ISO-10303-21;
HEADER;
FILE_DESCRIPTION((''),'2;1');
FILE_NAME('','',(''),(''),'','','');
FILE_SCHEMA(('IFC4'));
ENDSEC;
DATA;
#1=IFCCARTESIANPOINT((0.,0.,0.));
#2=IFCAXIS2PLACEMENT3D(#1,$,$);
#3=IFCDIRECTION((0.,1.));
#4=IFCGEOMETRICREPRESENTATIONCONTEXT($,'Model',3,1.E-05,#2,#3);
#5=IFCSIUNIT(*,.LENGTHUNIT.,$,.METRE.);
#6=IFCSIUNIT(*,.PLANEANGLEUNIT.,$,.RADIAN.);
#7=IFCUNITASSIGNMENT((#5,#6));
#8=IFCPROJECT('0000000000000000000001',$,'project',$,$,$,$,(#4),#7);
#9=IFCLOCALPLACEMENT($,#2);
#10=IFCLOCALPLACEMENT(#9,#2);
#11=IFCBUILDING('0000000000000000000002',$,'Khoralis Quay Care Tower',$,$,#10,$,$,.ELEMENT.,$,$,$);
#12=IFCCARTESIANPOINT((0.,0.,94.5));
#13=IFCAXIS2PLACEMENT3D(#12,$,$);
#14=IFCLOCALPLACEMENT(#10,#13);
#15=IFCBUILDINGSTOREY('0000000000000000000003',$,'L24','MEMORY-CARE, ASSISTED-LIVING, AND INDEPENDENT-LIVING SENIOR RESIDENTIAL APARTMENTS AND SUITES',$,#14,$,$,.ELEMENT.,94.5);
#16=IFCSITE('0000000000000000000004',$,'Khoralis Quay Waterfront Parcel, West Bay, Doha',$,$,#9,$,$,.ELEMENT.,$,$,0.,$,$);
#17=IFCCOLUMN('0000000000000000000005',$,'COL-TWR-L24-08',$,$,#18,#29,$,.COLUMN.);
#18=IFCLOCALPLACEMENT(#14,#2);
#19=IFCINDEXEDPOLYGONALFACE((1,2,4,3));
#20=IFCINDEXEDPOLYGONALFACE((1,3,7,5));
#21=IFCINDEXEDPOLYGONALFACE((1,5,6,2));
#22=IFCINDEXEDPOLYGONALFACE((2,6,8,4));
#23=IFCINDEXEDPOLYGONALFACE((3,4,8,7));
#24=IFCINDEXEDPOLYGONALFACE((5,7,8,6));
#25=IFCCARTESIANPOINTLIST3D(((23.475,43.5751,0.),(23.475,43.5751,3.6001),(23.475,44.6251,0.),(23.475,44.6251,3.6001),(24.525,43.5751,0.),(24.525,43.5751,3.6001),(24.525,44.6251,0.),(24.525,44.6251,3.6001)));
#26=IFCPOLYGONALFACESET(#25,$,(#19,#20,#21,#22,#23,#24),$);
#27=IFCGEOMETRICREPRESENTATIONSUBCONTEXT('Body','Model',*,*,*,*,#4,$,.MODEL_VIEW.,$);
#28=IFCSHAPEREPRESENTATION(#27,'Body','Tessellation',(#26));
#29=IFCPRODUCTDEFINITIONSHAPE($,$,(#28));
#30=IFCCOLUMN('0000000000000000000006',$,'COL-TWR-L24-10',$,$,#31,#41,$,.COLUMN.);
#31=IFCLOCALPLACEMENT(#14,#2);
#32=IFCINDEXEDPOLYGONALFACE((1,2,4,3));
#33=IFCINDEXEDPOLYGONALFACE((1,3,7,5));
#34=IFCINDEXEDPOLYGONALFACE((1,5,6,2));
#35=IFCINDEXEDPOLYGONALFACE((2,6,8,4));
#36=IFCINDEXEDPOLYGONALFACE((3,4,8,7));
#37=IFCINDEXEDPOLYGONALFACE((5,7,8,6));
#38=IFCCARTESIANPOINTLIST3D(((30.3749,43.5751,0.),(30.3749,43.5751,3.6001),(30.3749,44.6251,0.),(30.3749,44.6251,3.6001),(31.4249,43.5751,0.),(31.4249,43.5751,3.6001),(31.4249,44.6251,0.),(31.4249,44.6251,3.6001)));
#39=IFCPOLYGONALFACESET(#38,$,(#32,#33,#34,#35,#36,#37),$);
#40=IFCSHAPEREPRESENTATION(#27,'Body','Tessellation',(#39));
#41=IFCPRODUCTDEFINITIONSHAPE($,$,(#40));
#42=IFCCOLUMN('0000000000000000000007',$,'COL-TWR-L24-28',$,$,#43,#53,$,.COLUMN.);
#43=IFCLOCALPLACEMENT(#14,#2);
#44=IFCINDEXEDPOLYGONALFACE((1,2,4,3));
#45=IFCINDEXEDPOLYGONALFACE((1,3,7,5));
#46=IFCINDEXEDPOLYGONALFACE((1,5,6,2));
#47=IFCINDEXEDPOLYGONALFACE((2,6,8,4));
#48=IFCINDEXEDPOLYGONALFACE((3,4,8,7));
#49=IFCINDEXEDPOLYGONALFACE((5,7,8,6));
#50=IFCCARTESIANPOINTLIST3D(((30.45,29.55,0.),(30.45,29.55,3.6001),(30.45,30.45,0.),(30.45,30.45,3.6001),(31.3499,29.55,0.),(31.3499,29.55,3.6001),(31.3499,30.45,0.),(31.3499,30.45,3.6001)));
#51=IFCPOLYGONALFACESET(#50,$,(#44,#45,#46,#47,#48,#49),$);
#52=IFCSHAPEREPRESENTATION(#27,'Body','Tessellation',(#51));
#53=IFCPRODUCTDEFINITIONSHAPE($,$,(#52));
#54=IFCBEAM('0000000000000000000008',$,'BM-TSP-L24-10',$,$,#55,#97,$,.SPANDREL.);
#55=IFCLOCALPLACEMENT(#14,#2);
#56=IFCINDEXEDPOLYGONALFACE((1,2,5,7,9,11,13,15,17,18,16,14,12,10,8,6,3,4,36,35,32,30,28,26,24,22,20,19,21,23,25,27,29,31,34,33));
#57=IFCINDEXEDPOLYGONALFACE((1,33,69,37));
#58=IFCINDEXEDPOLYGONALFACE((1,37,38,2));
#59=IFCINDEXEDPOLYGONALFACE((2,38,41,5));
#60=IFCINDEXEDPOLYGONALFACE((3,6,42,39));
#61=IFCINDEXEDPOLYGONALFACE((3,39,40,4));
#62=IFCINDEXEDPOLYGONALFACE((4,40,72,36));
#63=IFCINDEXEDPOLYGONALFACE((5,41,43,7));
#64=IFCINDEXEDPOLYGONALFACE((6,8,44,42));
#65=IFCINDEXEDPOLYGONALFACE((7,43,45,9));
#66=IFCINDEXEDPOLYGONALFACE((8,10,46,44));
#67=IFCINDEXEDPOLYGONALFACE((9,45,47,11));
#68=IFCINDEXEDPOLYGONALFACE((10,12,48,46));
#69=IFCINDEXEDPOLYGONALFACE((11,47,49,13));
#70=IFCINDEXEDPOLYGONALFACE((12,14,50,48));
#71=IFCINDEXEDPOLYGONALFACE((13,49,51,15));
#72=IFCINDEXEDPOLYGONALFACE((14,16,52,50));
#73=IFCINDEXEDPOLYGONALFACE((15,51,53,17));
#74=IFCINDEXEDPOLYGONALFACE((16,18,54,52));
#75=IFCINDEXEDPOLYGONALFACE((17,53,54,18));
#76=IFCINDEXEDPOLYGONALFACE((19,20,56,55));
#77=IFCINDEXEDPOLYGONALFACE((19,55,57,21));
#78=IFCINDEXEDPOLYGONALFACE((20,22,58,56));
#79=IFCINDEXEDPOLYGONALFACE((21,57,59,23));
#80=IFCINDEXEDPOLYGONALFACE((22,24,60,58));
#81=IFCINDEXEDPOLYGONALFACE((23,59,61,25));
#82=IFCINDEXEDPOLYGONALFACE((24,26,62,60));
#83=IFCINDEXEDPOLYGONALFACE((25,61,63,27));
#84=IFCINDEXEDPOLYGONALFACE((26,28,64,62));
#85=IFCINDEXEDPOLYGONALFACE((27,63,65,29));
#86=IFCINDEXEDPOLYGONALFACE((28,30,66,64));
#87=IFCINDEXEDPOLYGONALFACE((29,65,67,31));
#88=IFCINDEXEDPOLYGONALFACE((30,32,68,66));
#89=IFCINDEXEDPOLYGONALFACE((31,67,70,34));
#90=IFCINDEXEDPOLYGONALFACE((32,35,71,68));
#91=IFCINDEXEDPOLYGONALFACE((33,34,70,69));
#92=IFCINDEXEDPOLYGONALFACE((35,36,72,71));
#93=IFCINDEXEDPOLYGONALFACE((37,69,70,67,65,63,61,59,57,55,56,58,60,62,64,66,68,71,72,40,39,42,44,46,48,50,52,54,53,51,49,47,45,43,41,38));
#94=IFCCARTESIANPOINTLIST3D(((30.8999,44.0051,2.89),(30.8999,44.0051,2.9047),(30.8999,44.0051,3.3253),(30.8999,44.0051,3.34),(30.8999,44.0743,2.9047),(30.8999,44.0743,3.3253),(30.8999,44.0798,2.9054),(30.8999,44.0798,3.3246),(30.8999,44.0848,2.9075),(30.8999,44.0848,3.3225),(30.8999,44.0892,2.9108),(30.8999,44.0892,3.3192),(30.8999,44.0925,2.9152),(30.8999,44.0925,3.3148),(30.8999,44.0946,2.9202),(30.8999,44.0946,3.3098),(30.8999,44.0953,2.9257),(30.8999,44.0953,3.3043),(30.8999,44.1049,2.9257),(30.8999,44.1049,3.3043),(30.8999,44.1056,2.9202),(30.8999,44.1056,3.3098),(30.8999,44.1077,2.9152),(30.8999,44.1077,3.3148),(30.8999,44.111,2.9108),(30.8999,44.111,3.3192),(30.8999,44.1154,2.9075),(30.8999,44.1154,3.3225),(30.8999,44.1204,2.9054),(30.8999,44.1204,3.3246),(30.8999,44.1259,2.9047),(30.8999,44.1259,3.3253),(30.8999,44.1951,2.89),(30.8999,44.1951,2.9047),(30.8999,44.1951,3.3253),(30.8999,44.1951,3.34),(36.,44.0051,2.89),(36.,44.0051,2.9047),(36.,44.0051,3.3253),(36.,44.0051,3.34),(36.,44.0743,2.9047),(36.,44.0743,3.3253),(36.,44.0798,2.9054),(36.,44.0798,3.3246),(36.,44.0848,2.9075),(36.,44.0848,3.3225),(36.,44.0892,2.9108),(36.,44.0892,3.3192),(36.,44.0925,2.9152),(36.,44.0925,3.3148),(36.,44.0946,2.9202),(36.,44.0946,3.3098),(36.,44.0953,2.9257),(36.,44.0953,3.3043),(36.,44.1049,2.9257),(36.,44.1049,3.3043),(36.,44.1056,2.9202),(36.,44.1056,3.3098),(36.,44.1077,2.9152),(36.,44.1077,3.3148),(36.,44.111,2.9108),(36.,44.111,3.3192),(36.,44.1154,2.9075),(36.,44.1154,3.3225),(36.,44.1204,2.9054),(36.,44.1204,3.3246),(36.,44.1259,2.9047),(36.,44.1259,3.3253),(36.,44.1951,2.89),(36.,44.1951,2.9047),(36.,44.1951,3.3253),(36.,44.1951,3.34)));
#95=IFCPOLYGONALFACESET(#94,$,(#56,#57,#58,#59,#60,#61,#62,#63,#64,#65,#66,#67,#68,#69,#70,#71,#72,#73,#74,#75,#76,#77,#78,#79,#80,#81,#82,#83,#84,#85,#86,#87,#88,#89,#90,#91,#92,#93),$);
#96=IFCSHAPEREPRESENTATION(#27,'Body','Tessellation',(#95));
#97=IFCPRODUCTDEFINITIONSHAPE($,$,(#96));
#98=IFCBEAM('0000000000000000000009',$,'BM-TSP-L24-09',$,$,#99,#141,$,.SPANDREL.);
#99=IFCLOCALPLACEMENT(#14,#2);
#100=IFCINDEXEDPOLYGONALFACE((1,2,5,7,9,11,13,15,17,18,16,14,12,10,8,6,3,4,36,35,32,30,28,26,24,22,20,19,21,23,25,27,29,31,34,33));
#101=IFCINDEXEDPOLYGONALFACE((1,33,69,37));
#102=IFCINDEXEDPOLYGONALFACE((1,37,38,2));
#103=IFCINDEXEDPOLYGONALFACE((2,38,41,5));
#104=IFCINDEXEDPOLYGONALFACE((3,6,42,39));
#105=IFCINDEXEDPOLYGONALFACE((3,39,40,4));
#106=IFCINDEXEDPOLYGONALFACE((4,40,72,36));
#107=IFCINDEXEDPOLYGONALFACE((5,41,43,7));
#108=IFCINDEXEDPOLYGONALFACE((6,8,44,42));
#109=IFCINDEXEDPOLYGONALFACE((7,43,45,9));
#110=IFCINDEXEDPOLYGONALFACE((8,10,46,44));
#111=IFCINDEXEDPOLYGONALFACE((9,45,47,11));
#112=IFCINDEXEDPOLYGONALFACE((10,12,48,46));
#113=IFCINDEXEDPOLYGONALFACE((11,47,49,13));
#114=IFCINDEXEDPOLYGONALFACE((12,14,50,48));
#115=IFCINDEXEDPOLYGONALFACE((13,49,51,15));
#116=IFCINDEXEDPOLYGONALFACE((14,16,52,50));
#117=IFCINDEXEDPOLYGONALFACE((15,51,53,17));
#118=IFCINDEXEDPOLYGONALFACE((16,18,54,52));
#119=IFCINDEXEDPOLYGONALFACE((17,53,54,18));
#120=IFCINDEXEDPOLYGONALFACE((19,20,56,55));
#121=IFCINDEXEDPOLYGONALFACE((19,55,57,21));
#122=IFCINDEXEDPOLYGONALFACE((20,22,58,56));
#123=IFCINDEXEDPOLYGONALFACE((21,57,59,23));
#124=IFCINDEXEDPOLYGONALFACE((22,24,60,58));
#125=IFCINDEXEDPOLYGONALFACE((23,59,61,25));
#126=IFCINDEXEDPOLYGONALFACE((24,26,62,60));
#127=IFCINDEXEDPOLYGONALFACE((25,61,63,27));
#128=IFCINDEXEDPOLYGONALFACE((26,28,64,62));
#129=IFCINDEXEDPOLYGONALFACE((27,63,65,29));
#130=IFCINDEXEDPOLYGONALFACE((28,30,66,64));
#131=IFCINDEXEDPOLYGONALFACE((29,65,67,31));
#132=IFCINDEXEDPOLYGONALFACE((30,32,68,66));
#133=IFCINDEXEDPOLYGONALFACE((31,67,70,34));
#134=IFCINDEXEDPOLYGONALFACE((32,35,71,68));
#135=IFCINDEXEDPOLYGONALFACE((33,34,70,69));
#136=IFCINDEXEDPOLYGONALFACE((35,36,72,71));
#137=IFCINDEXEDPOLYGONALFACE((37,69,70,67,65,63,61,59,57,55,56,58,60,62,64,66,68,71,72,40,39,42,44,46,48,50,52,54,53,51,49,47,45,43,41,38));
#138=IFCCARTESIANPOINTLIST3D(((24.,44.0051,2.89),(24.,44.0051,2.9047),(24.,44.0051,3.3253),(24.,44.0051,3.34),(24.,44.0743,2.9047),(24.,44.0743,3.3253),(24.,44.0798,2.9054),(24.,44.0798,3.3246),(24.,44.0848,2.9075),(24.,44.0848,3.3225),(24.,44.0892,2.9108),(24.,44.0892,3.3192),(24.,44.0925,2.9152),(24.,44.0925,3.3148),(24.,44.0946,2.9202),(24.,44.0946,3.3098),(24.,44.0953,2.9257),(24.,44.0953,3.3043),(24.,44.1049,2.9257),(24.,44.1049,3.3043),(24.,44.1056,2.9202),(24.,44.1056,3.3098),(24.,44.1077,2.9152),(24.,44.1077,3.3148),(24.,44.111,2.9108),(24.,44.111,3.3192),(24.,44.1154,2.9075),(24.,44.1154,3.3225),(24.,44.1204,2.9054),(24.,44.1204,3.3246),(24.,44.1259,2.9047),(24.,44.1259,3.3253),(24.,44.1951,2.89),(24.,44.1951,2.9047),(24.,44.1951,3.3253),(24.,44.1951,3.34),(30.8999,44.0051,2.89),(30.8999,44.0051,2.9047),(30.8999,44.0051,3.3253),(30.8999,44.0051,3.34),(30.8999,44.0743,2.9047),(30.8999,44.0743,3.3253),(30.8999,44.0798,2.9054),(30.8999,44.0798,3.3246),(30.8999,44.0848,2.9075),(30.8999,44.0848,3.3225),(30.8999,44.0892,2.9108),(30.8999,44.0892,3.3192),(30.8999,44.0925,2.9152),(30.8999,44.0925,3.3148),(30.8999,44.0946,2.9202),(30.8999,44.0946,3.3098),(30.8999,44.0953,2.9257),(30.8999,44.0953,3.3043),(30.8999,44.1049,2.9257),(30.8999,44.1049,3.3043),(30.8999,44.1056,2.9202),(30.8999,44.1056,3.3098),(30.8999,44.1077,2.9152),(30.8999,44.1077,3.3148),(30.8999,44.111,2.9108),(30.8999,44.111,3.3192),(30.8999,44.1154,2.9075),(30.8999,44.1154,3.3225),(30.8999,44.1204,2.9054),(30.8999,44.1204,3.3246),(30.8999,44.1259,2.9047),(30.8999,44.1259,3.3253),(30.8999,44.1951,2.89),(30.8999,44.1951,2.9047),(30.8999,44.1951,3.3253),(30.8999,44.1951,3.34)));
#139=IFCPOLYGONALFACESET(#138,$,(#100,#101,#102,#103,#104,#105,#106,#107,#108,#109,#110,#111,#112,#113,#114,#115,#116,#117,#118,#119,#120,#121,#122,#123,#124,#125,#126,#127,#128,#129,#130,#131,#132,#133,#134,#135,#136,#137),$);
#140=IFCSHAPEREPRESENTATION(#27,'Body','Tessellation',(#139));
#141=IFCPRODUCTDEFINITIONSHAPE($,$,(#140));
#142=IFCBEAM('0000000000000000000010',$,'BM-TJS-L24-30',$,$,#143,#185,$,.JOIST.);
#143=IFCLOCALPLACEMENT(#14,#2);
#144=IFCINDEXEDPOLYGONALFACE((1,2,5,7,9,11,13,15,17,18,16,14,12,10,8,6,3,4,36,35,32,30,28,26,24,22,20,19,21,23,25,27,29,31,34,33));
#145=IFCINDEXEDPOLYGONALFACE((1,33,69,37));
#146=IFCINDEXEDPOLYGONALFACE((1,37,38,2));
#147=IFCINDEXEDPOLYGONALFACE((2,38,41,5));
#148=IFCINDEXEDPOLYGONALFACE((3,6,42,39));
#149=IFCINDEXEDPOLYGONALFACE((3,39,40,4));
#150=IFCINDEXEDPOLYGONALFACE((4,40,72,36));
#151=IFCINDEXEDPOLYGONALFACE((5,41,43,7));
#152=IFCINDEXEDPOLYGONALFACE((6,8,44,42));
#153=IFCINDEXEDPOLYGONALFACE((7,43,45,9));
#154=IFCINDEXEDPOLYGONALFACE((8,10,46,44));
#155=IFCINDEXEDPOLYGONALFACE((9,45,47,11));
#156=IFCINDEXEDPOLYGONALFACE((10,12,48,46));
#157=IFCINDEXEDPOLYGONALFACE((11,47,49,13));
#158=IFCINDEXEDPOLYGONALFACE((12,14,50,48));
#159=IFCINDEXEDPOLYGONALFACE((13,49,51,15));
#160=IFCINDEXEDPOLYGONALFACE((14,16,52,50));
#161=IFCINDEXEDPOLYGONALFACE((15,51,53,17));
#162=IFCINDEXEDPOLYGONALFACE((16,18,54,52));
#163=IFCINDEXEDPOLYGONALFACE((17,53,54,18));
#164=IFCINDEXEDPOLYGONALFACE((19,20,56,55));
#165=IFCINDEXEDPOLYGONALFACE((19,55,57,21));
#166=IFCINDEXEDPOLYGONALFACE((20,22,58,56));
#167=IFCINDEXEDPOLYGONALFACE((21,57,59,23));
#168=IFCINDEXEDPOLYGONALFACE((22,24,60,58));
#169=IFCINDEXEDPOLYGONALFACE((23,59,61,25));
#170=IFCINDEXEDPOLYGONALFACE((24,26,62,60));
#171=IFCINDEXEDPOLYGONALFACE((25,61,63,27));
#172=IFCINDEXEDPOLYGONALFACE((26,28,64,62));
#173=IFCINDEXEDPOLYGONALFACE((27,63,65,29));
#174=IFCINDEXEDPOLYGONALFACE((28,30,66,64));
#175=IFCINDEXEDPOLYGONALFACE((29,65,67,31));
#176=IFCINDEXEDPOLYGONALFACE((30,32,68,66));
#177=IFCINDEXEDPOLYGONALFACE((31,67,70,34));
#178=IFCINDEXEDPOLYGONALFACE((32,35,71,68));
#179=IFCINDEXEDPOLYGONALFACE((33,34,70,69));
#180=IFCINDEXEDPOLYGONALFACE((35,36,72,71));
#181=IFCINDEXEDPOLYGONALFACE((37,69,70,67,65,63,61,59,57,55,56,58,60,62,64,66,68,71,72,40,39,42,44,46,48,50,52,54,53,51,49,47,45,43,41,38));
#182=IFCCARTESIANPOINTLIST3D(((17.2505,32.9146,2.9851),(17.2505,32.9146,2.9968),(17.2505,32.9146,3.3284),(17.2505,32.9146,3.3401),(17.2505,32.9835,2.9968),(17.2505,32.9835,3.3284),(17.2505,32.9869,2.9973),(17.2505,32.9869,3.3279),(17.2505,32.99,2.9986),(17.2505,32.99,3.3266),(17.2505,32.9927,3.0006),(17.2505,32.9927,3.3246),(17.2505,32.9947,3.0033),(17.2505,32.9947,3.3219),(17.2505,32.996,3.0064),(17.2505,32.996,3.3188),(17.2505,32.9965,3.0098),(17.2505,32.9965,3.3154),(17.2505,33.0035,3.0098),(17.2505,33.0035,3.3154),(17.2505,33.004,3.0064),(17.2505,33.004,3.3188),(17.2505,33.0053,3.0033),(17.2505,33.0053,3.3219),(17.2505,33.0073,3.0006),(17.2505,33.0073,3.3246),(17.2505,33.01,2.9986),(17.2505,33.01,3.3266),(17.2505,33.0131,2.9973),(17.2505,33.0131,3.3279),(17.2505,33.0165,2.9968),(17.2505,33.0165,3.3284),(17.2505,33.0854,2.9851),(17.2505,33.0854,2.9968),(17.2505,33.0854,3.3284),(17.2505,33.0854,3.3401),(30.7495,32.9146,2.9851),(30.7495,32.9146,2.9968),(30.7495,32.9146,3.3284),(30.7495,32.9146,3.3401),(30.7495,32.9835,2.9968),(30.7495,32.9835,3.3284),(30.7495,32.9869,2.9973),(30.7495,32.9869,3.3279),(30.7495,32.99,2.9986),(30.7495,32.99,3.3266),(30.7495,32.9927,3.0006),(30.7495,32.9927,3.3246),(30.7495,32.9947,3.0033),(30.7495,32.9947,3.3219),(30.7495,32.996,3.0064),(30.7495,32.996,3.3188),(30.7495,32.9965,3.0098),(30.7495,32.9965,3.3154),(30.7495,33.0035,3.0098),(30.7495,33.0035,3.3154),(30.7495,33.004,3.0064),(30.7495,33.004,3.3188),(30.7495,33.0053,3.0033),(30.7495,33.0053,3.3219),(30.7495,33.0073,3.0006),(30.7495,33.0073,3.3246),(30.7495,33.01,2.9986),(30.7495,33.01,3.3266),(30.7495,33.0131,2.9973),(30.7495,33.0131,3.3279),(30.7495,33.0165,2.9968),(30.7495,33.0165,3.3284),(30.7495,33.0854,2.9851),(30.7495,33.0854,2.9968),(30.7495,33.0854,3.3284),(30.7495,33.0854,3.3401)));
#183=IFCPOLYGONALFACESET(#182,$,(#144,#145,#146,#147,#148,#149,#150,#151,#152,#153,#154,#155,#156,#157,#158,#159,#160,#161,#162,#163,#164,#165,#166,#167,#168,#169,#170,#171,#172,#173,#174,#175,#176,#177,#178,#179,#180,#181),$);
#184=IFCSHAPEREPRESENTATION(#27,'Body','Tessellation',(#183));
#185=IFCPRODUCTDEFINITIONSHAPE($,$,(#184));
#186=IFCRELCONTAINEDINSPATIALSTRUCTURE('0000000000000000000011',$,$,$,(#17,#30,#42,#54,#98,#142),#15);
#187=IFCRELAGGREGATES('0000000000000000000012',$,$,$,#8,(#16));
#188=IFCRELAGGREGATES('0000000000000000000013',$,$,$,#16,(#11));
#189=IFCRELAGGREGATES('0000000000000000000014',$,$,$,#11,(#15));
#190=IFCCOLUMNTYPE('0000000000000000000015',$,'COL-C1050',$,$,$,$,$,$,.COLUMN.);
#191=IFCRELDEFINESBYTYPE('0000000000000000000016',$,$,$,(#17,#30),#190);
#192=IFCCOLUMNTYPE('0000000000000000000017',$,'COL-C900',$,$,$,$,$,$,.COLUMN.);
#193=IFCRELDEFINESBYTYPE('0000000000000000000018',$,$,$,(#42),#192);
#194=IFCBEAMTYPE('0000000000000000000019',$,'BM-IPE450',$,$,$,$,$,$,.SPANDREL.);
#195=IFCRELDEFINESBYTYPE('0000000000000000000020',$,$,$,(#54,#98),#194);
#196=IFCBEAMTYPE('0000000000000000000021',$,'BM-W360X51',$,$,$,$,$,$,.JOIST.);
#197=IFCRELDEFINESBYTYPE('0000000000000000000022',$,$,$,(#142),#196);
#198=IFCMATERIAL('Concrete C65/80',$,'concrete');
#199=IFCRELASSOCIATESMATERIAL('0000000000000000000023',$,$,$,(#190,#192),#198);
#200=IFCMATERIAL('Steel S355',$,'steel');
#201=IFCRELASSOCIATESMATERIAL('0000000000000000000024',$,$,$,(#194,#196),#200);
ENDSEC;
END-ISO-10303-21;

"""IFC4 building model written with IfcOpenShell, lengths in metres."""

from ifc_helpers import new_model, si_unit, direction, frame, origin, origin_2d, place, context, subcontext, project, spatial, rectangle, i_section, extrude, source, transform, mapped, material, material_profile, profile_set, type_object, element, save


model = new_model("IFC4")

# Units and contexts
model_context = context("Model", 3, precision=1e-05, world=origin(), true_north=direction((0.0, 1.0)))
body_context = subcontext(model_context, "Body", "Model", "MODEL_VIEW")
ifc_project = project(units=[si_unit("LENGTHUNIT", "METRE"), si_unit("PLANEANGLEUNIT", "RADIAN")], contexts=[model_context])

# Site, building, storey
site_placement = place(None, origin())
site = spatial("IfcSite", under=ifc_project, at=site_placement, Name="Khoralis Quay Waterfront Parcel, West Bay, Doha", CompositionType="ELEMENT", RefElevation=0.0)
building_placement = place(site_placement, origin())
building = spatial("IfcBuilding", under=site, at=building_placement, Name="Khoralis Quay Care Tower", CompositionType="ELEMENT")
storey_placement = place(building_placement, frame((0.0, 0.0, 94.5)))
storey = spatial("IfcBuildingStorey", under=building, at=storey_placement, Name="L24", Description="MEMORY-CARE, ASSISTED-LIVING, AND INDEPENDENT-LIVING SENIOR RESIDENTIAL APARTMENTS AND SUITES", CompositionType="ELEMENT", Elevation=94.5)

# Columns
ifc_material_1 = material(Name="Concrete C65/80", Category="concrete")
ifc_material_profile_1 = material_profile(ifc_material_1, rectangle(XDim=1.05, YDim=1.05, at=origin_2d()), Name="Concrete C65/80")
ifc_profile_set_1 = profile_set([ifc_material_profile_1], Name="Concrete C65/80")
column_type_1 = type_object("IfcColumnType", Name="COL-C1050", PredefinedType="COLUMN", material=ifc_profile_set_1)
shared_shape_1 = source(origin(), body_context, "Body", "SweptSolid", [
    extrude(rectangle(XDim=1.05, YDim=1.05, at=origin_2d()), origin(), (0.0, 0.0, 1.0), 3.6001),
])
for number, where, z_axis, x_axis, name in (
    (1, (24.0, 44.1001, 0.0), (0.0, 0.0, 1.0), (1.0, 0.0, 0.0), "COL-TWR-L24-08"),
    (2, (30.8999, 44.1001, 0.0), (0.0, 0.0, 1.0), (1.0, 0.0, 0.0), "COL-TWR-L24-10"),
):
    element("IfcColumn", number, at=place(storey_placement, frame(where, z_axis=z_axis, x_axis=x_axis)), inside=storey, type_object=column_type_1, Name=name, PredefinedType="COLUMN", context=body_context, shape_type="MappedRepresentation", body=[
        mapped(shared_shape_1, transform((0.0, 0.0, 0.0), scale=1.0)),
    ])
ifc_material_profile_2 = material_profile(ifc_material_1, rectangle(XDim=0.8999, YDim=0.8999, at=origin_2d()), Name="Concrete C65/80")
ifc_profile_set_2 = profile_set([ifc_material_profile_2], Name="Concrete C65/80")
column_type_2 = type_object("IfcColumnType", Name="COL-C900", PredefinedType="COLUMN", material=ifc_profile_set_2)
shared_shape_2 = source(origin(), body_context, "Body", "SweptSolid", [
    extrude(rectangle(XDim=0.8999, YDim=0.8999, at=origin_2d()), origin(), (0.0, 0.0, 1.0), 3.6001),
])
column_placement = place(storey_placement, frame((30.8999, 30.0, 0.0), z_axis=(0.0, 0.0, 1.0), x_axis=(1.0, 0.0, 0.0)))
element("IfcColumn", 3, at=column_placement, inside=storey, type_object=column_type_2, Name="COL-TWR-L24-28", PredefinedType="COLUMN", context=body_context, shape_type="MappedRepresentation", body=[
    mapped(shared_shape_2, transform((0.0, 0.0, 0.0), scale=1.0)),
])

# Beams
ifc_material_2 = material(Name="Steel S355", Category="steel")
ifc_material_profile_3 = material_profile(ifc_material_2, i_section(OverallWidth=0.1899, OverallDepth=0.45, WebThickness=0.0095, FlangeThickness=0.0146, FilletRadius=0.021, at=origin_2d()), Name="Steel S355")
ifc_profile_set_3 = profile_set([ifc_material_profile_3], Name="Steel S355")
beam_type_1 = type_object("IfcBeamType", Name="BM-IPE450", PredefinedType="SPANDREL", material=ifc_profile_set_3)
shared_shape_3 = source(origin(), body_context, "Body", "SweptSolid", [
    extrude(i_section(OverallWidth=0.1899, OverallDepth=0.45, WebThickness=0.0095, FlangeThickness=0.0146, FilletRadius=0.021, at=origin_2d()), origin(), (0.0, 0.0, 1.0), 5.1001),
])
beam_1_placement = place(storey_placement, frame((30.8999, 44.1001, 3.115), z_axis=(1.0, 0.0, 0.0), x_axis=(0.0, 1.0, 0.0)))
element("IfcBeam", 4, at=beam_1_placement, inside=storey, type_object=beam_type_1, Name="BM-TSP-L24-10", PredefinedType="SPANDREL", context=body_context, shape_type="MappedRepresentation", body=[
    mapped(shared_shape_3, transform((0.0, 0.0, 0.0), scale=1.0)),
])
shared_shape_4 = source(origin(), body_context, "Body", "SweptSolid", [
    extrude(i_section(OverallWidth=0.1899, OverallDepth=0.45, WebThickness=0.0095, FlangeThickness=0.0146, FilletRadius=0.021, at=origin_2d()), origin(), (0.0, 0.0, 1.0), 6.8999),
])
beam_2_placement = place(storey_placement, frame((24.0, 44.1001, 3.115), z_axis=(1.0, 0.0, 0.0), x_axis=(0.0, 1.0, 0.0)))
element("IfcBeam", 5, at=beam_2_placement, inside=storey, type_object=beam_type_1, Name="BM-TSP-L24-09", PredefinedType="SPANDREL", context=body_context, shape_type="MappedRepresentation", body=[
    mapped(shared_shape_4, transform((0.0, 0.0, 0.0), scale=1.0)),
])
ifc_material_profile_4 = material_profile(ifc_material_2, i_section(OverallWidth=0.1709, OverallDepth=0.355, WebThickness=0.0071, FlangeThickness=0.0117, FilletRadius=0.0129, at=origin_2d()), Name="Steel S355")
ifc_profile_set_4 = profile_set([ifc_material_profile_4], Name="Steel S355")
beam_type_2 = type_object("IfcBeamType", Name="BM-W360X51", PredefinedType="JOIST", material=ifc_profile_set_4)
shared_shape_5 = source(origin(), body_context, "Body", "SweptSolid", [
    extrude(i_section(OverallWidth=0.1709, OverallDepth=0.355, WebThickness=0.0071, FlangeThickness=0.0117, FilletRadius=0.0129, at=origin_2d()), origin(), (0.0, 0.0, 1.0), 13.499),
])
for number, where, z_axis, x_axis, name in (
    (6, (17.2505, 33.0, 3.1626), (1.0, 0.0, 0.0), (0.0, 1.0, 0.0), "BM-TJS-L24-30"),
):
    element("IfcBeam", number, at=place(storey_placement, frame(where, z_axis=z_axis, x_axis=x_axis)), inside=storey, type_object=beam_type_2, Name=name, PredefinedType="JOIST", context=body_context, shape_type="MappedRepresentation", body=[
        mapped(shared_shape_5, transform((0.0, 0.0, 0.0), scale=1.0)),
    ])

save(model, "model.ifc")
